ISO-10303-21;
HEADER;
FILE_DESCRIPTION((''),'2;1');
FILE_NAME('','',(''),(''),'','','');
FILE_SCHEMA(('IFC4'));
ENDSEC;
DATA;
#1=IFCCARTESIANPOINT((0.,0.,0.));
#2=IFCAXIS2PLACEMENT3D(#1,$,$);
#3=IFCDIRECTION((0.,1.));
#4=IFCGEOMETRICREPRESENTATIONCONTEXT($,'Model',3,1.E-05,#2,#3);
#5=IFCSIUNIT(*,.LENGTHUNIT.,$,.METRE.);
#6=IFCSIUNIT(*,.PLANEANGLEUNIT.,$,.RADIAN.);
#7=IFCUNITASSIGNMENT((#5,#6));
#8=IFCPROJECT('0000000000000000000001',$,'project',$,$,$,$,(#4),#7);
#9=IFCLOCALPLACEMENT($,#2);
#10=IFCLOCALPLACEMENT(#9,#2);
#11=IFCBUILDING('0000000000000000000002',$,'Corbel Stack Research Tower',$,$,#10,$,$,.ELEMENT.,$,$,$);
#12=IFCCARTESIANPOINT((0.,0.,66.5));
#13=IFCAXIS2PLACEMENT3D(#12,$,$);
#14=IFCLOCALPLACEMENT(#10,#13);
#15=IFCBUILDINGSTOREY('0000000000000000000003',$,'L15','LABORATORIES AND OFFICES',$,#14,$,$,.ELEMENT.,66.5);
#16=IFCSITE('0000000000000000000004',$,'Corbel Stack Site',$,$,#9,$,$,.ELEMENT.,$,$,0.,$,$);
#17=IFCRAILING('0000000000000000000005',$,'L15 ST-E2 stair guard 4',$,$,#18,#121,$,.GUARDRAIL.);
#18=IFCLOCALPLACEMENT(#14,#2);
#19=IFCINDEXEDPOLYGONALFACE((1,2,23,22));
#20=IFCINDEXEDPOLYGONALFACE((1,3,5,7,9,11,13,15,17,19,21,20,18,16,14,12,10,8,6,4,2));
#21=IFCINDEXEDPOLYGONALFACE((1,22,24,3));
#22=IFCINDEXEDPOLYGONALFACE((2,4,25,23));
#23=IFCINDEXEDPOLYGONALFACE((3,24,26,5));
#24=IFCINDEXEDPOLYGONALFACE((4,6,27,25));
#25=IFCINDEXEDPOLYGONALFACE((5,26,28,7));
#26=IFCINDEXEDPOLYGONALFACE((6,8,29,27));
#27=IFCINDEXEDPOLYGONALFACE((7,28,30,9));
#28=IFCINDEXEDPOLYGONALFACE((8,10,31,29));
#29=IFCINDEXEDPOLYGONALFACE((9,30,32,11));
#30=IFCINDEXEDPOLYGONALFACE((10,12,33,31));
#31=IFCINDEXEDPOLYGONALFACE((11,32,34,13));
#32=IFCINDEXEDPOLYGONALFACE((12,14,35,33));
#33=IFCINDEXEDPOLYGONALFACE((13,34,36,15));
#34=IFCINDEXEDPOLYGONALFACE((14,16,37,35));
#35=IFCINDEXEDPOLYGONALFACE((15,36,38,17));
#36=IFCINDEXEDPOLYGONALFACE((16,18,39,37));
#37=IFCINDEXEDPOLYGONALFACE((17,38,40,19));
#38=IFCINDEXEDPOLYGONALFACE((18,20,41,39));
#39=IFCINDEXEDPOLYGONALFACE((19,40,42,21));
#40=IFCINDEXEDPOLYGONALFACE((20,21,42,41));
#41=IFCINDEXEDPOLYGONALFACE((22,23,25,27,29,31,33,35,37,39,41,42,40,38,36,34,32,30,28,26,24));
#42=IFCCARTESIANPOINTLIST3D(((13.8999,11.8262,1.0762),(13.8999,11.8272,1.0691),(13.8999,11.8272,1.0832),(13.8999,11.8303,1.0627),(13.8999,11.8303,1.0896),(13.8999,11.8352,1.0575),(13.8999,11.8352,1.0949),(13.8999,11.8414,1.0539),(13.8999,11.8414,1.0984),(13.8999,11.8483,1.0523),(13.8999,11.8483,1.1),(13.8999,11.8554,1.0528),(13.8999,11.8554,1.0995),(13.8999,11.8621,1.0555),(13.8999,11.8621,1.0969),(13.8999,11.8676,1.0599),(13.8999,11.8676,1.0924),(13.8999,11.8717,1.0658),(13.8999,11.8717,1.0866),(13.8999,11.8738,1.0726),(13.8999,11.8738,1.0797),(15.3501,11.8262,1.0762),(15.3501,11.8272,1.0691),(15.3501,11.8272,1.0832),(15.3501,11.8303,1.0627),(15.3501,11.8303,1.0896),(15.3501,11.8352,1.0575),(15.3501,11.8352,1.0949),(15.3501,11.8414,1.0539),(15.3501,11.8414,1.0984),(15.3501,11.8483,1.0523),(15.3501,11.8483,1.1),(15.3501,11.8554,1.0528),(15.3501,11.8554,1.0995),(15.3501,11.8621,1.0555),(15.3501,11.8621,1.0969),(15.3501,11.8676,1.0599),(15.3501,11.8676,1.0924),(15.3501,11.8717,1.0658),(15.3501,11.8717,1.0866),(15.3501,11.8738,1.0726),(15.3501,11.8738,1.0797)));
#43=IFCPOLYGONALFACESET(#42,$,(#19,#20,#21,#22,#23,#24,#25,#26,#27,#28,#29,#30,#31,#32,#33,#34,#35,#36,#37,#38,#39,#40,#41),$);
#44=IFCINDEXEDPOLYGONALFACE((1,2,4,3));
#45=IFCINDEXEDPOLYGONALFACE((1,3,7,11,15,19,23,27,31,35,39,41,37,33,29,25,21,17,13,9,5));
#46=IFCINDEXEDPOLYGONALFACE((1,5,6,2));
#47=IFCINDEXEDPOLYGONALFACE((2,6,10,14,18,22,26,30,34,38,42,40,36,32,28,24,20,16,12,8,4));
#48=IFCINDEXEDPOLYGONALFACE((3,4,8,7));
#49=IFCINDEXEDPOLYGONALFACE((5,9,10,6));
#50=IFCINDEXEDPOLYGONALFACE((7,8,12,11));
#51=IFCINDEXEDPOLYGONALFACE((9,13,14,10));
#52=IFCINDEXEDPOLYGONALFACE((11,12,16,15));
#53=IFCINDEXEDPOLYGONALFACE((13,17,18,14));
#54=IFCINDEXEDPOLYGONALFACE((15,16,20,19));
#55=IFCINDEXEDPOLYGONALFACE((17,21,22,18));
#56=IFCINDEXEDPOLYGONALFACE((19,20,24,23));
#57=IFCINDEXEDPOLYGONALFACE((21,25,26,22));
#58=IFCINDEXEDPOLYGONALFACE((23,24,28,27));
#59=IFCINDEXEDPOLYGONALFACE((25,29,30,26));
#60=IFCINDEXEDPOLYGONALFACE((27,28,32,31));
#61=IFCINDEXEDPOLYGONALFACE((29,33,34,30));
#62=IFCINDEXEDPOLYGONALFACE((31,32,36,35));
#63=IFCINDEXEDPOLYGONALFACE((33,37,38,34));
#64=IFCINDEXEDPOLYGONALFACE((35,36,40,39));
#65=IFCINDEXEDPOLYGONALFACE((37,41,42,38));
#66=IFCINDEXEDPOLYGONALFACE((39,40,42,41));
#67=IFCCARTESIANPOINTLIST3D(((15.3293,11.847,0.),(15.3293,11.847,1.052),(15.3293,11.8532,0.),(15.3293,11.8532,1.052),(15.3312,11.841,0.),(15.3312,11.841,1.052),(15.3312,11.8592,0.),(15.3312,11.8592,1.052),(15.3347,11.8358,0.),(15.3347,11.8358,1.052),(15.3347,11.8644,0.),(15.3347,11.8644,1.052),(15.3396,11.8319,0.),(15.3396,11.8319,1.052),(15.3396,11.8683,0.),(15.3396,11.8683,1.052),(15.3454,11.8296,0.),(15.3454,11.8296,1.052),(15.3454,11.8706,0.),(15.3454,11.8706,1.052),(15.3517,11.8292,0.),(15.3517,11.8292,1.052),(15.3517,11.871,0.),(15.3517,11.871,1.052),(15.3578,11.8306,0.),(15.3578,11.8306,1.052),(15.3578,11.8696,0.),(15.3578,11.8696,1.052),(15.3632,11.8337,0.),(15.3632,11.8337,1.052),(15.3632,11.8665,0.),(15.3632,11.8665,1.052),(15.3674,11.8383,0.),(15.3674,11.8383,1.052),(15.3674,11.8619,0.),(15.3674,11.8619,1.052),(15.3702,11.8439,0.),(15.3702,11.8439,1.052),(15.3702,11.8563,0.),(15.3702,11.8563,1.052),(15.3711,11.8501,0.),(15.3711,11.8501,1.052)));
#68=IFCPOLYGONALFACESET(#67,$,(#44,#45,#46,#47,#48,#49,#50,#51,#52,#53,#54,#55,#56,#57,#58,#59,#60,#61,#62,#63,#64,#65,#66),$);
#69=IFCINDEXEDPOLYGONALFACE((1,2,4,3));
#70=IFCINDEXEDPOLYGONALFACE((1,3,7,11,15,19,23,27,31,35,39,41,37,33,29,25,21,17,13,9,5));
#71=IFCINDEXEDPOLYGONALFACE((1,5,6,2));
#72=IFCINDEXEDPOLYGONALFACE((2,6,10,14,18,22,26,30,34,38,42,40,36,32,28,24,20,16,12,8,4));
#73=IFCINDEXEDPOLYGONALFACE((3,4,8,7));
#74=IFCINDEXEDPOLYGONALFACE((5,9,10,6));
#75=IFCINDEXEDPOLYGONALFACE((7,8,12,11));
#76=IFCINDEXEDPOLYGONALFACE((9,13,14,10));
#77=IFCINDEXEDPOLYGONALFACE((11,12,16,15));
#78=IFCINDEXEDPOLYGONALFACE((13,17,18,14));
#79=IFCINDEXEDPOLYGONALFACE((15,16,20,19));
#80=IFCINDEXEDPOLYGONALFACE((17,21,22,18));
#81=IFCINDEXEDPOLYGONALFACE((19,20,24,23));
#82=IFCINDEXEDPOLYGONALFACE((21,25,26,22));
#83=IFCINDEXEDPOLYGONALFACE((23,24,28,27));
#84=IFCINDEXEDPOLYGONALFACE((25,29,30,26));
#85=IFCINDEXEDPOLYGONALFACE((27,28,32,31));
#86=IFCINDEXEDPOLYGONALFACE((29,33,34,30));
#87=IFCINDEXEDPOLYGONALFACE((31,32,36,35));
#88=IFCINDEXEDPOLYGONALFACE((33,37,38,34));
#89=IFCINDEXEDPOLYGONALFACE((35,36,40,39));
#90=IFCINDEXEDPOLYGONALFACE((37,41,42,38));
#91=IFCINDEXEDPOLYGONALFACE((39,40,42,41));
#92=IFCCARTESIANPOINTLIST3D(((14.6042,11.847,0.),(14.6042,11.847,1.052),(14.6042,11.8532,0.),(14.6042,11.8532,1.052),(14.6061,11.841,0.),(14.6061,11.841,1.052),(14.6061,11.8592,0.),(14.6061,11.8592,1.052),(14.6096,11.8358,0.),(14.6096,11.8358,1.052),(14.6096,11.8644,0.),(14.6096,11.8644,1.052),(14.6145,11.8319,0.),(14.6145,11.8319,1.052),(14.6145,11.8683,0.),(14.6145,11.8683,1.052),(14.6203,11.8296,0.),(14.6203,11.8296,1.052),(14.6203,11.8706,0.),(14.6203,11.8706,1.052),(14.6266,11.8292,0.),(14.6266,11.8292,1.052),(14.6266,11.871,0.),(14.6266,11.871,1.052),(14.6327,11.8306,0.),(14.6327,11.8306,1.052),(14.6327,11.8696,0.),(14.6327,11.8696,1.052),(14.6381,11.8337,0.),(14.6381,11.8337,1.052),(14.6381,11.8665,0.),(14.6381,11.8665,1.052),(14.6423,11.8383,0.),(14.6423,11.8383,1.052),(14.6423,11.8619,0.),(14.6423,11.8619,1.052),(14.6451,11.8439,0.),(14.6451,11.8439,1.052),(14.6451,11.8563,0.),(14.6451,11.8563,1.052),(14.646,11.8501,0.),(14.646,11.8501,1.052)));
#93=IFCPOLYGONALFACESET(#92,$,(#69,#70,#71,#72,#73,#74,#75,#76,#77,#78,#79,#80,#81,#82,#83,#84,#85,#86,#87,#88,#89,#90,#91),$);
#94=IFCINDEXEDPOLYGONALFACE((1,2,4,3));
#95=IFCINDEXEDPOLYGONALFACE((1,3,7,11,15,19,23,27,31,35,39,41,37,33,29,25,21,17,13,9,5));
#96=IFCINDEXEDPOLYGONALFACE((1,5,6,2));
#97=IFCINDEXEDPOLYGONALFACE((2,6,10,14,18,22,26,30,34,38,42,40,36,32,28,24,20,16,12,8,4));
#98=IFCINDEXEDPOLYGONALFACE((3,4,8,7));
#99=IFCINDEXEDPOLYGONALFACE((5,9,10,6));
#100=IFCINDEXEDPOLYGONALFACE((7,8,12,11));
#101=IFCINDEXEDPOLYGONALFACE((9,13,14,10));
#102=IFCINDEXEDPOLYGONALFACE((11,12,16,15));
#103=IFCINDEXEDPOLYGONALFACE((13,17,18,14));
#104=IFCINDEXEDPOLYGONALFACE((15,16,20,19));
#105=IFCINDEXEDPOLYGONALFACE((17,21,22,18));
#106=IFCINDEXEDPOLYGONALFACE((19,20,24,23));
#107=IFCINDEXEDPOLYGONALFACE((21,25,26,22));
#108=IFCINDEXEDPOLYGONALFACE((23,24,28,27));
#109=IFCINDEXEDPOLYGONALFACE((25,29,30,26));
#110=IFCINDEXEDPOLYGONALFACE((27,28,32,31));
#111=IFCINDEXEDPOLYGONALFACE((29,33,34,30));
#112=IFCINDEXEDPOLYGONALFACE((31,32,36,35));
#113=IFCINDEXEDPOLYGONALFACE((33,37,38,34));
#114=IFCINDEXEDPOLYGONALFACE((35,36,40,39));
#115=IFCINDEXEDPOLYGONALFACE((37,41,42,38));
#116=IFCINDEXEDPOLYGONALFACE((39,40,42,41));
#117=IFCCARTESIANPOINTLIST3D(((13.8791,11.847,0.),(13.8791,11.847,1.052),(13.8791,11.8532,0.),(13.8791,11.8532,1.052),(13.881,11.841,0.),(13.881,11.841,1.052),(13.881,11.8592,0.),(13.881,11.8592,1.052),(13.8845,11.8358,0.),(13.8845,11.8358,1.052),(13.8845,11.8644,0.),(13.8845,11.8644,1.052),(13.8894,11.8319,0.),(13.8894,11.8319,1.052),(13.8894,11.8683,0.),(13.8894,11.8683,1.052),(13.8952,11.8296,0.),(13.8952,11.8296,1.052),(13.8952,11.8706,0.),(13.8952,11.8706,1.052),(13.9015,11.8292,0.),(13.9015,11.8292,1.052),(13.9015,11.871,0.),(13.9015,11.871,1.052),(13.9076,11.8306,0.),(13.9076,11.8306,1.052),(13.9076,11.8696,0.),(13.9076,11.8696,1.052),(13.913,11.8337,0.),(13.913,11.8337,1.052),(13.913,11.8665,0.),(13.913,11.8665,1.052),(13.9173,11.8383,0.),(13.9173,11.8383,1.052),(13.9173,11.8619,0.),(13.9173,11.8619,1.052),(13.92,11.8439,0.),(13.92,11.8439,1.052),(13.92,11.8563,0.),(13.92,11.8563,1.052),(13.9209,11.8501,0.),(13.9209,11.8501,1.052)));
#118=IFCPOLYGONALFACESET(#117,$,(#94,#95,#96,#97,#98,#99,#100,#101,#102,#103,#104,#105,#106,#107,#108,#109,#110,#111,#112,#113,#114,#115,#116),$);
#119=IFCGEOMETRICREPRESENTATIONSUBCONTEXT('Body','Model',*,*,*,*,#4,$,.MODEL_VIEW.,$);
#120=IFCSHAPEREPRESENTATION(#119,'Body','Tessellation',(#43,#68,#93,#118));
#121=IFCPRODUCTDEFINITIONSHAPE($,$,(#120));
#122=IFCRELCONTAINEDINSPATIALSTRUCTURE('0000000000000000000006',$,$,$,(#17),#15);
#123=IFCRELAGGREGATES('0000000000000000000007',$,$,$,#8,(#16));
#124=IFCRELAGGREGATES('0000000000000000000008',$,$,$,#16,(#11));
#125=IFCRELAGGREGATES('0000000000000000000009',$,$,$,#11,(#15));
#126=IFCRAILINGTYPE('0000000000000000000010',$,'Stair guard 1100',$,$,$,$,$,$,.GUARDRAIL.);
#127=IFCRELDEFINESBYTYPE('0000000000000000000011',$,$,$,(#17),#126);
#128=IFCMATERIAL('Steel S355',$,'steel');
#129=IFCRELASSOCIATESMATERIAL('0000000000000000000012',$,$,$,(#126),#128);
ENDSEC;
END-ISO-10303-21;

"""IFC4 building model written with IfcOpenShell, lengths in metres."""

from ifc_helpers import new_model, si_unit, direction, frame, origin, origin_2d, place, context, subcontext, project, spatial, circle, extrude, material, type_object, element, save


model = new_model("IFC4")

# Units and contexts
model_context = context("Model", 3, precision=1e-05, world=origin(), true_north=direction((0.0, 1.0)))
body_context = subcontext(model_context, "Body", "Model", "MODEL_VIEW")
ifc_project = project(units=[si_unit("LENGTHUNIT", "METRE"), si_unit("PLANEANGLEUNIT", "RADIAN")], contexts=[model_context])

# Site, building, storey
site_placement = place(None, origin())
site = spatial("IfcSite", under=ifc_project, at=site_placement, Name="Corbel Stack Site", CompositionType="ELEMENT", RefElevation=0.0)
building_placement = place(site_placement, origin())
building = spatial("IfcBuilding", under=site, at=building_placement, Name="Corbel Stack Research Tower", CompositionType="ELEMENT")
storey_placement = place(building_placement, frame((0.0, 0.0, 66.5)))
storey = spatial("IfcBuildingStorey", under=building, at=storey_placement, Name="L15", Description="LABORATORIES AND OFFICES", CompositionType="ELEMENT", Elevation=66.5)

# Railing
ifc_material_1 = material(Name="Steel S355", Category="steel")
railing_type_1 = type_object("IfcRailingType", Name="Stair guard 1100", PredefinedType="GUARDRAIL", material=ifc_material_1)
railing_1_placement = place(storey_placement, frame((15.3501, 11.8501, 0.0)))
element("IfcRailing", 1, at=railing_1_placement, inside=storey, type_object=railing_type_1, Name="L15 ST-E2 stair guard 4", PredefinedType="GUARDRAIL", context=body_context, shape_type="SweptSolid", body=[
    extrude(circle(Radius=0.0239, at=origin_2d()), frame((0.0, 0.0, 1.0762), z_axis=(-1.0, 0.0, 0.0), x_axis=(0.0, -1.0, 0.0)), (0.0, 0.0, 1.0), 1.4502),
    extrude(circle(Radius=0.021, at=origin_2d()), origin(), (0.0, 0.0, 1.0), 1.052),
    extrude(circle(Radius=0.021, at=origin_2d()), frame((-0.7251, 0.0, 0.0)), (0.0, 0.0, 1.0), 1.052),
    extrude(circle(Radius=0.021, at=origin_2d()), frame((-1.4502, 0.0, 0.0)), (0.0, 0.0, 1.0), 1.052),
])

save(model, "model.ifc")
